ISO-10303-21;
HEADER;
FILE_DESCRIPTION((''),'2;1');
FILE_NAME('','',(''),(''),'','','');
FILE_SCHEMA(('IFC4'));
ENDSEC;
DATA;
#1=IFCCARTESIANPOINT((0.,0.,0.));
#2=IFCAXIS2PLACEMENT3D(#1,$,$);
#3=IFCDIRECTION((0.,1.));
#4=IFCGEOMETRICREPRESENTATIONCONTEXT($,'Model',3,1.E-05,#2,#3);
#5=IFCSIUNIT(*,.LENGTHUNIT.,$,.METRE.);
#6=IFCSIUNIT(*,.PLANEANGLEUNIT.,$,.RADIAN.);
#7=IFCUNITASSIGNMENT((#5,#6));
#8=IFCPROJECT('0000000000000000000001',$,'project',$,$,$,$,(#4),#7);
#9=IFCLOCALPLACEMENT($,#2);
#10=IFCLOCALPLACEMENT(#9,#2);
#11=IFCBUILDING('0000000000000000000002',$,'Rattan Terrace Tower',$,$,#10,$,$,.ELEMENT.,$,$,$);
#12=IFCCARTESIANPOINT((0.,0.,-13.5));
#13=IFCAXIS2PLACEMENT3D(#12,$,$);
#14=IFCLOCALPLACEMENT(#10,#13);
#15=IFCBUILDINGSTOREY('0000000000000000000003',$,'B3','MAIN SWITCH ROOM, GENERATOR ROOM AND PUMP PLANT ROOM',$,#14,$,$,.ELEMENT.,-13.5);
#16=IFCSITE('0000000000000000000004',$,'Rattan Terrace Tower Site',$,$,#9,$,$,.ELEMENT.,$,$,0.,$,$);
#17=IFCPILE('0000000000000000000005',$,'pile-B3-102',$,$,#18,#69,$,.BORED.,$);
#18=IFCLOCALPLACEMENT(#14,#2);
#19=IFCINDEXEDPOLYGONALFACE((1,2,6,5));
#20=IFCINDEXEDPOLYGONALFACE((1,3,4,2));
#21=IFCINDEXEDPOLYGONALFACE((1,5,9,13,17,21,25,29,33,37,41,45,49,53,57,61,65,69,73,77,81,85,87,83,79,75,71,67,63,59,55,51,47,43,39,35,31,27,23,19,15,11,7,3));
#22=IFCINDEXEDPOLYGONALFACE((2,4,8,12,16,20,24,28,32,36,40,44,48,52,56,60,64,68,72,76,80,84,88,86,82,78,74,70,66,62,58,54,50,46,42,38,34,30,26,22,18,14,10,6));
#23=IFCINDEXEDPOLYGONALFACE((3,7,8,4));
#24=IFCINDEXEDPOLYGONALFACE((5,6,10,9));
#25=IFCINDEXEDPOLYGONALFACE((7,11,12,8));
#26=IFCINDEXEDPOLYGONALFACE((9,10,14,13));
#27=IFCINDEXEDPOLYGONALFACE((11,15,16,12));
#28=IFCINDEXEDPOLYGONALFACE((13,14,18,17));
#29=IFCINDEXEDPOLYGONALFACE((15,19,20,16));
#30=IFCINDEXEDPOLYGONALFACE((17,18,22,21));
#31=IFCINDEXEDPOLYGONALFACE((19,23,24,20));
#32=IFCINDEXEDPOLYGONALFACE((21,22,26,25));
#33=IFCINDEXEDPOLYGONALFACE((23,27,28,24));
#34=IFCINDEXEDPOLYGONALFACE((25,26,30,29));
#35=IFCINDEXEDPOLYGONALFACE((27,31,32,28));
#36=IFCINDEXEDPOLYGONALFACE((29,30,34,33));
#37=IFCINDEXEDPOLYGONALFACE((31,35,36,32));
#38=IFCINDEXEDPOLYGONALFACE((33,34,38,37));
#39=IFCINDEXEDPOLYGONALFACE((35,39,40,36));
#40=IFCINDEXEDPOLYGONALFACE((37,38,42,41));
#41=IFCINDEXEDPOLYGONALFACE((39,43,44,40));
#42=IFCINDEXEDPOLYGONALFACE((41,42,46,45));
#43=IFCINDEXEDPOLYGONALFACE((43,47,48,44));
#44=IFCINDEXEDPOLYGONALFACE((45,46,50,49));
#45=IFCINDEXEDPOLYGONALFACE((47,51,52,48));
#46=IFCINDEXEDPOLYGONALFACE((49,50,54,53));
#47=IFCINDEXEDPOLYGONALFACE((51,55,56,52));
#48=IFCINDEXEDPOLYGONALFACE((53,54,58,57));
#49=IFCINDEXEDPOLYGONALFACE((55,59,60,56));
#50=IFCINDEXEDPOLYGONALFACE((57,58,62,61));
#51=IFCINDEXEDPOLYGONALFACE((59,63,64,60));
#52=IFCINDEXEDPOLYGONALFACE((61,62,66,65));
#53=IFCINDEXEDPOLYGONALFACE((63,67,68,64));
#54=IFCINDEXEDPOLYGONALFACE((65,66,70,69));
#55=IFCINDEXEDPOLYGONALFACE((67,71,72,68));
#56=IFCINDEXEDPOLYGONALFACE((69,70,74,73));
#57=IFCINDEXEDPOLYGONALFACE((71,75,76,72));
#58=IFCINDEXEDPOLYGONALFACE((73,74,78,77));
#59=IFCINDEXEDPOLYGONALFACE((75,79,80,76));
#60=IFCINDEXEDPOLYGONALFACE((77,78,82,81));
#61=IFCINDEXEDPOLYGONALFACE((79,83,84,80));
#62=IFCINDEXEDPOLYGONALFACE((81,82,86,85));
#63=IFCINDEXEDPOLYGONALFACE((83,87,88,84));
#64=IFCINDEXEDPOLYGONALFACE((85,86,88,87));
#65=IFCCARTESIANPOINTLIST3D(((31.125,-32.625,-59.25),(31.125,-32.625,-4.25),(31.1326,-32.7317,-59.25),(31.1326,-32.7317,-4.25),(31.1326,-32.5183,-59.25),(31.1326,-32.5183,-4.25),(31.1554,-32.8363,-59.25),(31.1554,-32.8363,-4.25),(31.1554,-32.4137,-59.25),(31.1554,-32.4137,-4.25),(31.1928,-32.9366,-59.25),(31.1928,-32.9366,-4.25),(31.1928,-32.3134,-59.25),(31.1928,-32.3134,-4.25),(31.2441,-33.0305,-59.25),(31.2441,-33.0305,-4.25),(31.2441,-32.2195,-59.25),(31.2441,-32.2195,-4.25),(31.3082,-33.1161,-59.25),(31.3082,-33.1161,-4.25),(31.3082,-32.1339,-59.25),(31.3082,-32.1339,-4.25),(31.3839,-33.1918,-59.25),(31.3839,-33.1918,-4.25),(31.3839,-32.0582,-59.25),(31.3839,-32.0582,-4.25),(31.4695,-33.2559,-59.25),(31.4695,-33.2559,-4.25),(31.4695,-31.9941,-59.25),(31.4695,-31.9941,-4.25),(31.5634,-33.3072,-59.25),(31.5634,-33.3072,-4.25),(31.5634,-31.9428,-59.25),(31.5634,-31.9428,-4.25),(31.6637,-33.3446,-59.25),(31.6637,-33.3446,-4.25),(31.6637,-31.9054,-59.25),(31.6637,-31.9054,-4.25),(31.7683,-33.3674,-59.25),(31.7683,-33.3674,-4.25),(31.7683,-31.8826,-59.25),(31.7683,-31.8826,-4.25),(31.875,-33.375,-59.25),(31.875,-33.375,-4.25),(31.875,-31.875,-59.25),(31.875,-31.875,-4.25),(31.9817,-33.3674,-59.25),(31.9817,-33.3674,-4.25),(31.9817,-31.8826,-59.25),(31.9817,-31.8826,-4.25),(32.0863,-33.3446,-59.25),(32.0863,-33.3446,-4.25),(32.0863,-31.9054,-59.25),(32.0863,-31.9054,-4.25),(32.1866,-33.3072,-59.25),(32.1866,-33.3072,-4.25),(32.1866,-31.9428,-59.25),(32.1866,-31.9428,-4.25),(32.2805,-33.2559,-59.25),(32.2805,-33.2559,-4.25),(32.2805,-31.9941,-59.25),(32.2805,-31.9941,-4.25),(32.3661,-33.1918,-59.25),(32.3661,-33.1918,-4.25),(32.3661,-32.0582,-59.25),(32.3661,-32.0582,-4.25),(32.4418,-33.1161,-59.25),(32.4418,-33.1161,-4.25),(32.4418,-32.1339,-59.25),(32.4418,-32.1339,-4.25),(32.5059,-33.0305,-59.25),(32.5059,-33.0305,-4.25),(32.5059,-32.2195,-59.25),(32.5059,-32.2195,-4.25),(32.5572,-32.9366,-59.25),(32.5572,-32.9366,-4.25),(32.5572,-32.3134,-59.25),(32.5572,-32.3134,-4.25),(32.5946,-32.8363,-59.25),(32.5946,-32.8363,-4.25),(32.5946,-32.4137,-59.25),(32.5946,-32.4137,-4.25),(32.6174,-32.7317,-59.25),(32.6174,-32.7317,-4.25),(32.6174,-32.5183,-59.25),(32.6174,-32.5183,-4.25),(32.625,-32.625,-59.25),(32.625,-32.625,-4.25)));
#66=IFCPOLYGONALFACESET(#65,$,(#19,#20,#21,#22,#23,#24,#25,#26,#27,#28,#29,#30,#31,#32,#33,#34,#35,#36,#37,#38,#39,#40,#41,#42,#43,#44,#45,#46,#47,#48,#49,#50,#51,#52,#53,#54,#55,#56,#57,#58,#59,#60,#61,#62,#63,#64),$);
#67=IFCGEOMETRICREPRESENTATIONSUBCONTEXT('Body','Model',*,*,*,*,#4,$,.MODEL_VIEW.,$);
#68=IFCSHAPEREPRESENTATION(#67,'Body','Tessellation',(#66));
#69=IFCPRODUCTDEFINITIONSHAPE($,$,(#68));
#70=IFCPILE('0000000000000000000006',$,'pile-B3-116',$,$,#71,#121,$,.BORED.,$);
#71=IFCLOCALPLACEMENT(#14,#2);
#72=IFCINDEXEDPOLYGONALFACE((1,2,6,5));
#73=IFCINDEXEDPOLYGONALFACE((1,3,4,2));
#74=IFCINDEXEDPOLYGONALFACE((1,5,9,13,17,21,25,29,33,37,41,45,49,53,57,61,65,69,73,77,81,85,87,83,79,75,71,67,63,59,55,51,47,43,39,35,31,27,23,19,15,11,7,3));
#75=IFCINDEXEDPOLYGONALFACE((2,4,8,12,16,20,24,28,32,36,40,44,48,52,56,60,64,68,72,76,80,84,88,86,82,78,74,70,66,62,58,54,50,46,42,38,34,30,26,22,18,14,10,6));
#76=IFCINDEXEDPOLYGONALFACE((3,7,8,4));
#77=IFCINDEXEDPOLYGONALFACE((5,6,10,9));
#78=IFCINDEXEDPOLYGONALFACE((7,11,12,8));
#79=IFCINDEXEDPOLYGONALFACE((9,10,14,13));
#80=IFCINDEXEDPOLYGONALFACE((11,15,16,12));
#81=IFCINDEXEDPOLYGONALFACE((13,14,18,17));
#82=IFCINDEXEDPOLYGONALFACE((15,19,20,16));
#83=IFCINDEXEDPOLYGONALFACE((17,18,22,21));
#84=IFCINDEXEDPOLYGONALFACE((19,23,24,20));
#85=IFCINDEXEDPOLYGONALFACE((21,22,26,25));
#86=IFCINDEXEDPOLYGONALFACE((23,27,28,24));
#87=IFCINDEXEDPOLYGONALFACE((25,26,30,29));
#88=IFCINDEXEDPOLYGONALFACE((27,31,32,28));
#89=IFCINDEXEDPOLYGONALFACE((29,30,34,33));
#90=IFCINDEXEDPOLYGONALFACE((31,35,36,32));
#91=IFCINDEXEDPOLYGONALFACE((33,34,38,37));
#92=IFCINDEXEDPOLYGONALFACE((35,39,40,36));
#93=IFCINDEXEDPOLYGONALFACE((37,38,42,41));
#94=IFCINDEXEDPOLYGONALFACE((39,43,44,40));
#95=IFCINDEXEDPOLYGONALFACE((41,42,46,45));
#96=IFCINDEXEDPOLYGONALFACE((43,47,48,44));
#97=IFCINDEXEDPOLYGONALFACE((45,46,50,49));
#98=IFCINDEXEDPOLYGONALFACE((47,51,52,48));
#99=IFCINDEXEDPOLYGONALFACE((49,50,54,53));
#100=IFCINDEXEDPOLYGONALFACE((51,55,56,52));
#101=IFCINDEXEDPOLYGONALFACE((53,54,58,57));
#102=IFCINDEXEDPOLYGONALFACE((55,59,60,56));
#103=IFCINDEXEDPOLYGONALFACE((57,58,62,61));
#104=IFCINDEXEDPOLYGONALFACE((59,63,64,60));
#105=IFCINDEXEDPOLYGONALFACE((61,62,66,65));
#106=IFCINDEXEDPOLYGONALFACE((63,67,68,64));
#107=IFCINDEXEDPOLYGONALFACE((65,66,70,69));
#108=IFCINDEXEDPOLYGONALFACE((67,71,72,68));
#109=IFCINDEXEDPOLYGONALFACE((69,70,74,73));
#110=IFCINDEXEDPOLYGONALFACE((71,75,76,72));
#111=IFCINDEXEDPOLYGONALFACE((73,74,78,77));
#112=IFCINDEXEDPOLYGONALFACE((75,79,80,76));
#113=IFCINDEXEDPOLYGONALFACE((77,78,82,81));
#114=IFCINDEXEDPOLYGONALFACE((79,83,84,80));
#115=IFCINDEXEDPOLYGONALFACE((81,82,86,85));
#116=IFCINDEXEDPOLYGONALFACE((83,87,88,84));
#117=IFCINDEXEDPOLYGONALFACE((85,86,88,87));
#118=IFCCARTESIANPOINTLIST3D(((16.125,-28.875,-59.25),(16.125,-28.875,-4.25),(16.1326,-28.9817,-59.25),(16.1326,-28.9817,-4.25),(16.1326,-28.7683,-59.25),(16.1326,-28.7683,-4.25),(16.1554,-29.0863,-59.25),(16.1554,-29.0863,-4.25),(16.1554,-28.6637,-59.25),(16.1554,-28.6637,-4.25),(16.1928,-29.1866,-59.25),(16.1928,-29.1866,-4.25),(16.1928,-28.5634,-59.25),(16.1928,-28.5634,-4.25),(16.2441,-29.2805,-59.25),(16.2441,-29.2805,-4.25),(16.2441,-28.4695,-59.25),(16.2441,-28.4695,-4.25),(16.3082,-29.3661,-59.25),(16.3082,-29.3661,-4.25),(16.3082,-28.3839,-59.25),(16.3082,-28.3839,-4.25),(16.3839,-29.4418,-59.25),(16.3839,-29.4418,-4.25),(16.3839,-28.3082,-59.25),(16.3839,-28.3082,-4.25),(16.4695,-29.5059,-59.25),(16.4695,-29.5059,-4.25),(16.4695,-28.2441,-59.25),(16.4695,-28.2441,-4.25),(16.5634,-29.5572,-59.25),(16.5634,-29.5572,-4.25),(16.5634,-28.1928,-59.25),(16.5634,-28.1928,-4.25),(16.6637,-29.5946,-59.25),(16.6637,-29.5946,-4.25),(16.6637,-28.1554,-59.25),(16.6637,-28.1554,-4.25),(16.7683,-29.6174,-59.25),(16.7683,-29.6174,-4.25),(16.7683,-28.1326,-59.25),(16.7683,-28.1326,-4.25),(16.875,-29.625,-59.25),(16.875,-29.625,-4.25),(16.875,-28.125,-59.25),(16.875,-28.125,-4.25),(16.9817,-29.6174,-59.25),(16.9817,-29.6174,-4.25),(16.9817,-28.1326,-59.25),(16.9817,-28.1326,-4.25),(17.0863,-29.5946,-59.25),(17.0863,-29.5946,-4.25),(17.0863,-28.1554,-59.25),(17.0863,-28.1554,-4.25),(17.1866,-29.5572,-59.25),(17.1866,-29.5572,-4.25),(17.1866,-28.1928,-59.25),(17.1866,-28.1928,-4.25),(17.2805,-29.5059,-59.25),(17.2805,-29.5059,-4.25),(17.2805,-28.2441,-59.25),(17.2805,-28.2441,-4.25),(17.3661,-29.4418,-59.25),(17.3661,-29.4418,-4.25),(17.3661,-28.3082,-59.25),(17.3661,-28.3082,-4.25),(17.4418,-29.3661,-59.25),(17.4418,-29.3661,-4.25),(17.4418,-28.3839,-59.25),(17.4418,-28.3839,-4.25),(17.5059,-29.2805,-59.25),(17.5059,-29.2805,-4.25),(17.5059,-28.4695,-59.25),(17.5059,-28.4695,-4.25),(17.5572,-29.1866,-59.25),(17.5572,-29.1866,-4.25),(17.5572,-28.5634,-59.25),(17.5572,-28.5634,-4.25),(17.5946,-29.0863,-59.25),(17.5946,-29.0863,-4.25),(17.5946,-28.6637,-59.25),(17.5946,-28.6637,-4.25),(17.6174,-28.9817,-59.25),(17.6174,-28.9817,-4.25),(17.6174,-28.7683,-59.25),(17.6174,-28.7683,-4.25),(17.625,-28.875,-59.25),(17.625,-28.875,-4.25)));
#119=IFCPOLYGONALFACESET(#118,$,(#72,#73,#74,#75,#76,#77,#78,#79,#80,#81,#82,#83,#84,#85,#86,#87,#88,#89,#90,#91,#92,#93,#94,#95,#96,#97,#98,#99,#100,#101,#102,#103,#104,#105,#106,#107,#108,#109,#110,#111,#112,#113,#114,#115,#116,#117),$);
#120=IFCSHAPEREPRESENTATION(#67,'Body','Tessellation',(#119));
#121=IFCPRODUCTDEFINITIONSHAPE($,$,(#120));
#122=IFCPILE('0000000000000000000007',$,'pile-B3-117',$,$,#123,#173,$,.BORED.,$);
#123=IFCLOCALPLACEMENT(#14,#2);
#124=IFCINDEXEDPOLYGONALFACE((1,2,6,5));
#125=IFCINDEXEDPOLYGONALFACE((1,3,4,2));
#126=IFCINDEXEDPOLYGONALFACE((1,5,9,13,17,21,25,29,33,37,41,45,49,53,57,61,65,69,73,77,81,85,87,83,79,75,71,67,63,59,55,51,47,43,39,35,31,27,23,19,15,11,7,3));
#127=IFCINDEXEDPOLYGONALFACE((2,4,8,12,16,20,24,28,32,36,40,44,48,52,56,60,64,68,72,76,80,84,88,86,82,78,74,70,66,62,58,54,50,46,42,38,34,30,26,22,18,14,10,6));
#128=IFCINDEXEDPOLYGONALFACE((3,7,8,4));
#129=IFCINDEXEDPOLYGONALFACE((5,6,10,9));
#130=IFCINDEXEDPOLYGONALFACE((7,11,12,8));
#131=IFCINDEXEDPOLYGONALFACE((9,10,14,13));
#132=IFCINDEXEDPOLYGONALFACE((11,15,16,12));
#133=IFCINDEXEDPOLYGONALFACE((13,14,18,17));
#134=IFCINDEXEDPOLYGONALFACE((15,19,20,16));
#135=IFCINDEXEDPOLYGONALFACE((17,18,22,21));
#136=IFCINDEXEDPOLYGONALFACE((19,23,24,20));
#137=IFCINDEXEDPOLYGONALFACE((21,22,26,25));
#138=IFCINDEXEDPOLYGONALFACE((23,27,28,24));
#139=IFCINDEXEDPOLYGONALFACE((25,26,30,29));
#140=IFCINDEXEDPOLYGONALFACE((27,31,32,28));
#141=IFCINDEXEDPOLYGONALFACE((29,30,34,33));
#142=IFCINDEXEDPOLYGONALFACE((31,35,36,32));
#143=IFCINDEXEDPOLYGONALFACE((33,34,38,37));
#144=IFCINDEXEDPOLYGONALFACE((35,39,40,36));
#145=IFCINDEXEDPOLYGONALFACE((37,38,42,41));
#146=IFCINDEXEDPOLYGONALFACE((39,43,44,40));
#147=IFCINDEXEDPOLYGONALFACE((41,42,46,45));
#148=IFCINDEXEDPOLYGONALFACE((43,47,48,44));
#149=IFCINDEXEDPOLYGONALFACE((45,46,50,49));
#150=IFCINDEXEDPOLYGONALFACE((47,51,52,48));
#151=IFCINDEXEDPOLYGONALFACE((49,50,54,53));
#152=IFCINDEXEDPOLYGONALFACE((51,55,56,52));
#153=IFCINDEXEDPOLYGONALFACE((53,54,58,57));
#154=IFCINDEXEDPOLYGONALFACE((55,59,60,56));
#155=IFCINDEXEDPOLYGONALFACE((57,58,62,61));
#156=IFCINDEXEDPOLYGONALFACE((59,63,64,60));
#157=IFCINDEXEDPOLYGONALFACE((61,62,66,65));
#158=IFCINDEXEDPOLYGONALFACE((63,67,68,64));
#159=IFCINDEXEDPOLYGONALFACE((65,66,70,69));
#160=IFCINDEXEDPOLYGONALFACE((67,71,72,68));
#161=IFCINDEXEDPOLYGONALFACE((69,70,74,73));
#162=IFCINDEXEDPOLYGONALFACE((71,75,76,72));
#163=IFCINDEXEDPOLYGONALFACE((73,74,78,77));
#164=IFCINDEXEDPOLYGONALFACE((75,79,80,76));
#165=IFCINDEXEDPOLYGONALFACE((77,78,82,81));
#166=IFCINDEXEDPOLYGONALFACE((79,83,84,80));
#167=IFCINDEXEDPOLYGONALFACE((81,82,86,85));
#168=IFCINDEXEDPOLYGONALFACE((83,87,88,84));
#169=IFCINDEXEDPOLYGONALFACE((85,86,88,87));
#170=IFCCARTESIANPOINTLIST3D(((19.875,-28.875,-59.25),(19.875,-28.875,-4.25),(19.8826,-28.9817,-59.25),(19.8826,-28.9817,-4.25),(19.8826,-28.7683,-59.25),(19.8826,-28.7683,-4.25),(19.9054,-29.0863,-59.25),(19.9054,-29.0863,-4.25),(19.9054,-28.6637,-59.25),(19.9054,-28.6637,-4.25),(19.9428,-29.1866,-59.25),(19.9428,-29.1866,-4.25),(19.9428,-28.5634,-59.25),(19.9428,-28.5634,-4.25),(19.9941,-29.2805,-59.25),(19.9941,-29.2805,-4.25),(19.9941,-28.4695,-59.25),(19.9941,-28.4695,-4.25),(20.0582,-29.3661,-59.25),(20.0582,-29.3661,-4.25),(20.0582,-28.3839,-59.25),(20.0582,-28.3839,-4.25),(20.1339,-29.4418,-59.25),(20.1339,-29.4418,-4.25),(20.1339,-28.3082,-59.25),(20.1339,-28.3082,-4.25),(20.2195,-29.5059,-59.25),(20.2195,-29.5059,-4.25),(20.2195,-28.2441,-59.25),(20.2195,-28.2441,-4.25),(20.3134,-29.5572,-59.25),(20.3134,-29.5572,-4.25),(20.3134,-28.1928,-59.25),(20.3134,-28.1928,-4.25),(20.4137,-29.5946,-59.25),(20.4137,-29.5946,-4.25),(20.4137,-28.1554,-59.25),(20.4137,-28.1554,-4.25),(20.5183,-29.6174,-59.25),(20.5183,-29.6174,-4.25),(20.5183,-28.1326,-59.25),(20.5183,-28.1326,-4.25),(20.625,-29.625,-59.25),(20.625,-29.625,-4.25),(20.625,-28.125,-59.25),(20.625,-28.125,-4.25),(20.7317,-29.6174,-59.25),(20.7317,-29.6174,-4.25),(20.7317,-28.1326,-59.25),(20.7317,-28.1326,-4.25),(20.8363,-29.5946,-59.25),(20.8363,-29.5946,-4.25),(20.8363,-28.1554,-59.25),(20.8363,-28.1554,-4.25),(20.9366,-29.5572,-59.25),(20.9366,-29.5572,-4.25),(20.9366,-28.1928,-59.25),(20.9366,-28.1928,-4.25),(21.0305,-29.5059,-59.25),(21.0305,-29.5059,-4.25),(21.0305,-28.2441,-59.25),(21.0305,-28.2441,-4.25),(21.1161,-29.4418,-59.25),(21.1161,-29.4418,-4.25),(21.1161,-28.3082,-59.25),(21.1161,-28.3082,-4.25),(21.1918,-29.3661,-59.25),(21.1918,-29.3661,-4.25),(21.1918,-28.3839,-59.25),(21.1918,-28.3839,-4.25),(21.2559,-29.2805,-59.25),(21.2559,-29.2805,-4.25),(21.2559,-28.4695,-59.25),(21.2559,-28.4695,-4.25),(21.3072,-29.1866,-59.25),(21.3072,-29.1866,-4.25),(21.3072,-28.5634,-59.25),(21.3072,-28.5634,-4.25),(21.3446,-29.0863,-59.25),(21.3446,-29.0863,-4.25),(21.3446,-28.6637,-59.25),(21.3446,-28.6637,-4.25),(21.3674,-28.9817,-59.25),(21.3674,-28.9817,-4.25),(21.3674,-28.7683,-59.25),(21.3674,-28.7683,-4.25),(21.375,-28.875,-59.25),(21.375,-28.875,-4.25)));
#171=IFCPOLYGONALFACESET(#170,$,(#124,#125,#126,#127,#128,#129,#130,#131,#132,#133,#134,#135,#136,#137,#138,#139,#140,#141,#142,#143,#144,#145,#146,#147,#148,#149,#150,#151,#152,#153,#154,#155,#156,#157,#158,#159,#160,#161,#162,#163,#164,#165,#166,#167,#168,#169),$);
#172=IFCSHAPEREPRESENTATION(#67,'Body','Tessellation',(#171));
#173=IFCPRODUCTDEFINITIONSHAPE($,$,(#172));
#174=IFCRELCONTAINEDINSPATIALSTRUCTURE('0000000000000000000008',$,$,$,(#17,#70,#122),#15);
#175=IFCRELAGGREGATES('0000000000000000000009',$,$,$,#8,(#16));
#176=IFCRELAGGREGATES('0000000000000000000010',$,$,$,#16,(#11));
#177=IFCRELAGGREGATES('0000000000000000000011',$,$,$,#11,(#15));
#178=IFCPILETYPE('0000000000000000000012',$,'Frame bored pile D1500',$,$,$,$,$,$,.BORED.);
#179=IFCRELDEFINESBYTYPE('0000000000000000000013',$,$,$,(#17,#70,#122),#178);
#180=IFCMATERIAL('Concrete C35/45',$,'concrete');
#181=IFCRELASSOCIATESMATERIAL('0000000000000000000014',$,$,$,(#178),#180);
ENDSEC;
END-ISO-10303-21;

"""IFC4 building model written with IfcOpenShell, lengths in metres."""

from ifc_helpers import new_model, si_unit, direction, frame, origin, origin_2d, place, context, subcontext, project, spatial, circle, extrude, material, material_profile, profile_set, type_object, element, save


model = new_model("IFC4")

# Units and contexts
model_context = context("Model", 3, precision=1e-05, world=origin(), true_north=direction((0.0, 1.0)))
body_context = subcontext(model_context, "Body", "Model", "MODEL_VIEW")
ifc_project = project(units=[si_unit("LENGTHUNIT", "METRE"), si_unit("PLANEANGLEUNIT", "RADIAN")], contexts=[model_context])

# Site, building, storey
site_placement = place(None, origin())
site = spatial("IfcSite", under=ifc_project, at=site_placement, Name="Rattan Terrace Tower Site", CompositionType="ELEMENT", RefElevation=0.0)
building_placement = place(site_placement, origin())
building = spatial("IfcBuilding", under=site, at=building_placement, Name="Rattan Terrace Tower", CompositionType="ELEMENT")
storey_placement = place(building_placement, frame((0.0, 0.0, -13.5)))
storey = spatial("IfcBuildingStorey", under=building, at=storey_placement, Name="B3", Description="MAIN SWITCH ROOM, GENERATOR ROOM AND PUMP PLANT ROOM", CompositionType="ELEMENT", Elevation=-13.5)

# Piles
ifc_material_1 = material(Name="Concrete C35/45", Category="concrete")
ifc_material_profile_1 = material_profile(ifc_material_1, circle(Radius=0.75, at=origin_2d()), Name="PILE D1500")
ifc_profile_set_1 = profile_set([ifc_material_profile_1], Name="Concrete C35/45")
pile_type = type_object("IfcPileType", Name="Frame bored pile D1500", PredefinedType="BORED", material=ifc_profile_set_1)
for number, where, z_axis, x_axis, name in (
    (1, (31.875, -32.625, -4.25), (0.0, 0.0, -1.0), (1.0, 0.0, 0.0), "pile-B3-102"),
    (2, (16.875, -28.875, -4.25), (0.0, 0.0, -1.0), (1.0, 0.0, 0.0), "pile-B3-116"),
    (3, (20.625, -28.875, -4.25), (0.0, 0.0, -1.0), (1.0, 0.0, 0.0), "pile-B3-117"),
):
    element("IfcPile", number, at=place(storey_placement, frame(where, z_axis=z_axis, x_axis=x_axis)), inside=storey, type_object=pile_type, Name=name, PredefinedType="BORED", context=body_context, shape_type="SweptSolid", body=[
        extrude(circle(Radius=0.75, at=origin_2d()), origin(), (0.0, 0.0, 1.0), 55.0),
    ])

save(model, "model.ifc")
